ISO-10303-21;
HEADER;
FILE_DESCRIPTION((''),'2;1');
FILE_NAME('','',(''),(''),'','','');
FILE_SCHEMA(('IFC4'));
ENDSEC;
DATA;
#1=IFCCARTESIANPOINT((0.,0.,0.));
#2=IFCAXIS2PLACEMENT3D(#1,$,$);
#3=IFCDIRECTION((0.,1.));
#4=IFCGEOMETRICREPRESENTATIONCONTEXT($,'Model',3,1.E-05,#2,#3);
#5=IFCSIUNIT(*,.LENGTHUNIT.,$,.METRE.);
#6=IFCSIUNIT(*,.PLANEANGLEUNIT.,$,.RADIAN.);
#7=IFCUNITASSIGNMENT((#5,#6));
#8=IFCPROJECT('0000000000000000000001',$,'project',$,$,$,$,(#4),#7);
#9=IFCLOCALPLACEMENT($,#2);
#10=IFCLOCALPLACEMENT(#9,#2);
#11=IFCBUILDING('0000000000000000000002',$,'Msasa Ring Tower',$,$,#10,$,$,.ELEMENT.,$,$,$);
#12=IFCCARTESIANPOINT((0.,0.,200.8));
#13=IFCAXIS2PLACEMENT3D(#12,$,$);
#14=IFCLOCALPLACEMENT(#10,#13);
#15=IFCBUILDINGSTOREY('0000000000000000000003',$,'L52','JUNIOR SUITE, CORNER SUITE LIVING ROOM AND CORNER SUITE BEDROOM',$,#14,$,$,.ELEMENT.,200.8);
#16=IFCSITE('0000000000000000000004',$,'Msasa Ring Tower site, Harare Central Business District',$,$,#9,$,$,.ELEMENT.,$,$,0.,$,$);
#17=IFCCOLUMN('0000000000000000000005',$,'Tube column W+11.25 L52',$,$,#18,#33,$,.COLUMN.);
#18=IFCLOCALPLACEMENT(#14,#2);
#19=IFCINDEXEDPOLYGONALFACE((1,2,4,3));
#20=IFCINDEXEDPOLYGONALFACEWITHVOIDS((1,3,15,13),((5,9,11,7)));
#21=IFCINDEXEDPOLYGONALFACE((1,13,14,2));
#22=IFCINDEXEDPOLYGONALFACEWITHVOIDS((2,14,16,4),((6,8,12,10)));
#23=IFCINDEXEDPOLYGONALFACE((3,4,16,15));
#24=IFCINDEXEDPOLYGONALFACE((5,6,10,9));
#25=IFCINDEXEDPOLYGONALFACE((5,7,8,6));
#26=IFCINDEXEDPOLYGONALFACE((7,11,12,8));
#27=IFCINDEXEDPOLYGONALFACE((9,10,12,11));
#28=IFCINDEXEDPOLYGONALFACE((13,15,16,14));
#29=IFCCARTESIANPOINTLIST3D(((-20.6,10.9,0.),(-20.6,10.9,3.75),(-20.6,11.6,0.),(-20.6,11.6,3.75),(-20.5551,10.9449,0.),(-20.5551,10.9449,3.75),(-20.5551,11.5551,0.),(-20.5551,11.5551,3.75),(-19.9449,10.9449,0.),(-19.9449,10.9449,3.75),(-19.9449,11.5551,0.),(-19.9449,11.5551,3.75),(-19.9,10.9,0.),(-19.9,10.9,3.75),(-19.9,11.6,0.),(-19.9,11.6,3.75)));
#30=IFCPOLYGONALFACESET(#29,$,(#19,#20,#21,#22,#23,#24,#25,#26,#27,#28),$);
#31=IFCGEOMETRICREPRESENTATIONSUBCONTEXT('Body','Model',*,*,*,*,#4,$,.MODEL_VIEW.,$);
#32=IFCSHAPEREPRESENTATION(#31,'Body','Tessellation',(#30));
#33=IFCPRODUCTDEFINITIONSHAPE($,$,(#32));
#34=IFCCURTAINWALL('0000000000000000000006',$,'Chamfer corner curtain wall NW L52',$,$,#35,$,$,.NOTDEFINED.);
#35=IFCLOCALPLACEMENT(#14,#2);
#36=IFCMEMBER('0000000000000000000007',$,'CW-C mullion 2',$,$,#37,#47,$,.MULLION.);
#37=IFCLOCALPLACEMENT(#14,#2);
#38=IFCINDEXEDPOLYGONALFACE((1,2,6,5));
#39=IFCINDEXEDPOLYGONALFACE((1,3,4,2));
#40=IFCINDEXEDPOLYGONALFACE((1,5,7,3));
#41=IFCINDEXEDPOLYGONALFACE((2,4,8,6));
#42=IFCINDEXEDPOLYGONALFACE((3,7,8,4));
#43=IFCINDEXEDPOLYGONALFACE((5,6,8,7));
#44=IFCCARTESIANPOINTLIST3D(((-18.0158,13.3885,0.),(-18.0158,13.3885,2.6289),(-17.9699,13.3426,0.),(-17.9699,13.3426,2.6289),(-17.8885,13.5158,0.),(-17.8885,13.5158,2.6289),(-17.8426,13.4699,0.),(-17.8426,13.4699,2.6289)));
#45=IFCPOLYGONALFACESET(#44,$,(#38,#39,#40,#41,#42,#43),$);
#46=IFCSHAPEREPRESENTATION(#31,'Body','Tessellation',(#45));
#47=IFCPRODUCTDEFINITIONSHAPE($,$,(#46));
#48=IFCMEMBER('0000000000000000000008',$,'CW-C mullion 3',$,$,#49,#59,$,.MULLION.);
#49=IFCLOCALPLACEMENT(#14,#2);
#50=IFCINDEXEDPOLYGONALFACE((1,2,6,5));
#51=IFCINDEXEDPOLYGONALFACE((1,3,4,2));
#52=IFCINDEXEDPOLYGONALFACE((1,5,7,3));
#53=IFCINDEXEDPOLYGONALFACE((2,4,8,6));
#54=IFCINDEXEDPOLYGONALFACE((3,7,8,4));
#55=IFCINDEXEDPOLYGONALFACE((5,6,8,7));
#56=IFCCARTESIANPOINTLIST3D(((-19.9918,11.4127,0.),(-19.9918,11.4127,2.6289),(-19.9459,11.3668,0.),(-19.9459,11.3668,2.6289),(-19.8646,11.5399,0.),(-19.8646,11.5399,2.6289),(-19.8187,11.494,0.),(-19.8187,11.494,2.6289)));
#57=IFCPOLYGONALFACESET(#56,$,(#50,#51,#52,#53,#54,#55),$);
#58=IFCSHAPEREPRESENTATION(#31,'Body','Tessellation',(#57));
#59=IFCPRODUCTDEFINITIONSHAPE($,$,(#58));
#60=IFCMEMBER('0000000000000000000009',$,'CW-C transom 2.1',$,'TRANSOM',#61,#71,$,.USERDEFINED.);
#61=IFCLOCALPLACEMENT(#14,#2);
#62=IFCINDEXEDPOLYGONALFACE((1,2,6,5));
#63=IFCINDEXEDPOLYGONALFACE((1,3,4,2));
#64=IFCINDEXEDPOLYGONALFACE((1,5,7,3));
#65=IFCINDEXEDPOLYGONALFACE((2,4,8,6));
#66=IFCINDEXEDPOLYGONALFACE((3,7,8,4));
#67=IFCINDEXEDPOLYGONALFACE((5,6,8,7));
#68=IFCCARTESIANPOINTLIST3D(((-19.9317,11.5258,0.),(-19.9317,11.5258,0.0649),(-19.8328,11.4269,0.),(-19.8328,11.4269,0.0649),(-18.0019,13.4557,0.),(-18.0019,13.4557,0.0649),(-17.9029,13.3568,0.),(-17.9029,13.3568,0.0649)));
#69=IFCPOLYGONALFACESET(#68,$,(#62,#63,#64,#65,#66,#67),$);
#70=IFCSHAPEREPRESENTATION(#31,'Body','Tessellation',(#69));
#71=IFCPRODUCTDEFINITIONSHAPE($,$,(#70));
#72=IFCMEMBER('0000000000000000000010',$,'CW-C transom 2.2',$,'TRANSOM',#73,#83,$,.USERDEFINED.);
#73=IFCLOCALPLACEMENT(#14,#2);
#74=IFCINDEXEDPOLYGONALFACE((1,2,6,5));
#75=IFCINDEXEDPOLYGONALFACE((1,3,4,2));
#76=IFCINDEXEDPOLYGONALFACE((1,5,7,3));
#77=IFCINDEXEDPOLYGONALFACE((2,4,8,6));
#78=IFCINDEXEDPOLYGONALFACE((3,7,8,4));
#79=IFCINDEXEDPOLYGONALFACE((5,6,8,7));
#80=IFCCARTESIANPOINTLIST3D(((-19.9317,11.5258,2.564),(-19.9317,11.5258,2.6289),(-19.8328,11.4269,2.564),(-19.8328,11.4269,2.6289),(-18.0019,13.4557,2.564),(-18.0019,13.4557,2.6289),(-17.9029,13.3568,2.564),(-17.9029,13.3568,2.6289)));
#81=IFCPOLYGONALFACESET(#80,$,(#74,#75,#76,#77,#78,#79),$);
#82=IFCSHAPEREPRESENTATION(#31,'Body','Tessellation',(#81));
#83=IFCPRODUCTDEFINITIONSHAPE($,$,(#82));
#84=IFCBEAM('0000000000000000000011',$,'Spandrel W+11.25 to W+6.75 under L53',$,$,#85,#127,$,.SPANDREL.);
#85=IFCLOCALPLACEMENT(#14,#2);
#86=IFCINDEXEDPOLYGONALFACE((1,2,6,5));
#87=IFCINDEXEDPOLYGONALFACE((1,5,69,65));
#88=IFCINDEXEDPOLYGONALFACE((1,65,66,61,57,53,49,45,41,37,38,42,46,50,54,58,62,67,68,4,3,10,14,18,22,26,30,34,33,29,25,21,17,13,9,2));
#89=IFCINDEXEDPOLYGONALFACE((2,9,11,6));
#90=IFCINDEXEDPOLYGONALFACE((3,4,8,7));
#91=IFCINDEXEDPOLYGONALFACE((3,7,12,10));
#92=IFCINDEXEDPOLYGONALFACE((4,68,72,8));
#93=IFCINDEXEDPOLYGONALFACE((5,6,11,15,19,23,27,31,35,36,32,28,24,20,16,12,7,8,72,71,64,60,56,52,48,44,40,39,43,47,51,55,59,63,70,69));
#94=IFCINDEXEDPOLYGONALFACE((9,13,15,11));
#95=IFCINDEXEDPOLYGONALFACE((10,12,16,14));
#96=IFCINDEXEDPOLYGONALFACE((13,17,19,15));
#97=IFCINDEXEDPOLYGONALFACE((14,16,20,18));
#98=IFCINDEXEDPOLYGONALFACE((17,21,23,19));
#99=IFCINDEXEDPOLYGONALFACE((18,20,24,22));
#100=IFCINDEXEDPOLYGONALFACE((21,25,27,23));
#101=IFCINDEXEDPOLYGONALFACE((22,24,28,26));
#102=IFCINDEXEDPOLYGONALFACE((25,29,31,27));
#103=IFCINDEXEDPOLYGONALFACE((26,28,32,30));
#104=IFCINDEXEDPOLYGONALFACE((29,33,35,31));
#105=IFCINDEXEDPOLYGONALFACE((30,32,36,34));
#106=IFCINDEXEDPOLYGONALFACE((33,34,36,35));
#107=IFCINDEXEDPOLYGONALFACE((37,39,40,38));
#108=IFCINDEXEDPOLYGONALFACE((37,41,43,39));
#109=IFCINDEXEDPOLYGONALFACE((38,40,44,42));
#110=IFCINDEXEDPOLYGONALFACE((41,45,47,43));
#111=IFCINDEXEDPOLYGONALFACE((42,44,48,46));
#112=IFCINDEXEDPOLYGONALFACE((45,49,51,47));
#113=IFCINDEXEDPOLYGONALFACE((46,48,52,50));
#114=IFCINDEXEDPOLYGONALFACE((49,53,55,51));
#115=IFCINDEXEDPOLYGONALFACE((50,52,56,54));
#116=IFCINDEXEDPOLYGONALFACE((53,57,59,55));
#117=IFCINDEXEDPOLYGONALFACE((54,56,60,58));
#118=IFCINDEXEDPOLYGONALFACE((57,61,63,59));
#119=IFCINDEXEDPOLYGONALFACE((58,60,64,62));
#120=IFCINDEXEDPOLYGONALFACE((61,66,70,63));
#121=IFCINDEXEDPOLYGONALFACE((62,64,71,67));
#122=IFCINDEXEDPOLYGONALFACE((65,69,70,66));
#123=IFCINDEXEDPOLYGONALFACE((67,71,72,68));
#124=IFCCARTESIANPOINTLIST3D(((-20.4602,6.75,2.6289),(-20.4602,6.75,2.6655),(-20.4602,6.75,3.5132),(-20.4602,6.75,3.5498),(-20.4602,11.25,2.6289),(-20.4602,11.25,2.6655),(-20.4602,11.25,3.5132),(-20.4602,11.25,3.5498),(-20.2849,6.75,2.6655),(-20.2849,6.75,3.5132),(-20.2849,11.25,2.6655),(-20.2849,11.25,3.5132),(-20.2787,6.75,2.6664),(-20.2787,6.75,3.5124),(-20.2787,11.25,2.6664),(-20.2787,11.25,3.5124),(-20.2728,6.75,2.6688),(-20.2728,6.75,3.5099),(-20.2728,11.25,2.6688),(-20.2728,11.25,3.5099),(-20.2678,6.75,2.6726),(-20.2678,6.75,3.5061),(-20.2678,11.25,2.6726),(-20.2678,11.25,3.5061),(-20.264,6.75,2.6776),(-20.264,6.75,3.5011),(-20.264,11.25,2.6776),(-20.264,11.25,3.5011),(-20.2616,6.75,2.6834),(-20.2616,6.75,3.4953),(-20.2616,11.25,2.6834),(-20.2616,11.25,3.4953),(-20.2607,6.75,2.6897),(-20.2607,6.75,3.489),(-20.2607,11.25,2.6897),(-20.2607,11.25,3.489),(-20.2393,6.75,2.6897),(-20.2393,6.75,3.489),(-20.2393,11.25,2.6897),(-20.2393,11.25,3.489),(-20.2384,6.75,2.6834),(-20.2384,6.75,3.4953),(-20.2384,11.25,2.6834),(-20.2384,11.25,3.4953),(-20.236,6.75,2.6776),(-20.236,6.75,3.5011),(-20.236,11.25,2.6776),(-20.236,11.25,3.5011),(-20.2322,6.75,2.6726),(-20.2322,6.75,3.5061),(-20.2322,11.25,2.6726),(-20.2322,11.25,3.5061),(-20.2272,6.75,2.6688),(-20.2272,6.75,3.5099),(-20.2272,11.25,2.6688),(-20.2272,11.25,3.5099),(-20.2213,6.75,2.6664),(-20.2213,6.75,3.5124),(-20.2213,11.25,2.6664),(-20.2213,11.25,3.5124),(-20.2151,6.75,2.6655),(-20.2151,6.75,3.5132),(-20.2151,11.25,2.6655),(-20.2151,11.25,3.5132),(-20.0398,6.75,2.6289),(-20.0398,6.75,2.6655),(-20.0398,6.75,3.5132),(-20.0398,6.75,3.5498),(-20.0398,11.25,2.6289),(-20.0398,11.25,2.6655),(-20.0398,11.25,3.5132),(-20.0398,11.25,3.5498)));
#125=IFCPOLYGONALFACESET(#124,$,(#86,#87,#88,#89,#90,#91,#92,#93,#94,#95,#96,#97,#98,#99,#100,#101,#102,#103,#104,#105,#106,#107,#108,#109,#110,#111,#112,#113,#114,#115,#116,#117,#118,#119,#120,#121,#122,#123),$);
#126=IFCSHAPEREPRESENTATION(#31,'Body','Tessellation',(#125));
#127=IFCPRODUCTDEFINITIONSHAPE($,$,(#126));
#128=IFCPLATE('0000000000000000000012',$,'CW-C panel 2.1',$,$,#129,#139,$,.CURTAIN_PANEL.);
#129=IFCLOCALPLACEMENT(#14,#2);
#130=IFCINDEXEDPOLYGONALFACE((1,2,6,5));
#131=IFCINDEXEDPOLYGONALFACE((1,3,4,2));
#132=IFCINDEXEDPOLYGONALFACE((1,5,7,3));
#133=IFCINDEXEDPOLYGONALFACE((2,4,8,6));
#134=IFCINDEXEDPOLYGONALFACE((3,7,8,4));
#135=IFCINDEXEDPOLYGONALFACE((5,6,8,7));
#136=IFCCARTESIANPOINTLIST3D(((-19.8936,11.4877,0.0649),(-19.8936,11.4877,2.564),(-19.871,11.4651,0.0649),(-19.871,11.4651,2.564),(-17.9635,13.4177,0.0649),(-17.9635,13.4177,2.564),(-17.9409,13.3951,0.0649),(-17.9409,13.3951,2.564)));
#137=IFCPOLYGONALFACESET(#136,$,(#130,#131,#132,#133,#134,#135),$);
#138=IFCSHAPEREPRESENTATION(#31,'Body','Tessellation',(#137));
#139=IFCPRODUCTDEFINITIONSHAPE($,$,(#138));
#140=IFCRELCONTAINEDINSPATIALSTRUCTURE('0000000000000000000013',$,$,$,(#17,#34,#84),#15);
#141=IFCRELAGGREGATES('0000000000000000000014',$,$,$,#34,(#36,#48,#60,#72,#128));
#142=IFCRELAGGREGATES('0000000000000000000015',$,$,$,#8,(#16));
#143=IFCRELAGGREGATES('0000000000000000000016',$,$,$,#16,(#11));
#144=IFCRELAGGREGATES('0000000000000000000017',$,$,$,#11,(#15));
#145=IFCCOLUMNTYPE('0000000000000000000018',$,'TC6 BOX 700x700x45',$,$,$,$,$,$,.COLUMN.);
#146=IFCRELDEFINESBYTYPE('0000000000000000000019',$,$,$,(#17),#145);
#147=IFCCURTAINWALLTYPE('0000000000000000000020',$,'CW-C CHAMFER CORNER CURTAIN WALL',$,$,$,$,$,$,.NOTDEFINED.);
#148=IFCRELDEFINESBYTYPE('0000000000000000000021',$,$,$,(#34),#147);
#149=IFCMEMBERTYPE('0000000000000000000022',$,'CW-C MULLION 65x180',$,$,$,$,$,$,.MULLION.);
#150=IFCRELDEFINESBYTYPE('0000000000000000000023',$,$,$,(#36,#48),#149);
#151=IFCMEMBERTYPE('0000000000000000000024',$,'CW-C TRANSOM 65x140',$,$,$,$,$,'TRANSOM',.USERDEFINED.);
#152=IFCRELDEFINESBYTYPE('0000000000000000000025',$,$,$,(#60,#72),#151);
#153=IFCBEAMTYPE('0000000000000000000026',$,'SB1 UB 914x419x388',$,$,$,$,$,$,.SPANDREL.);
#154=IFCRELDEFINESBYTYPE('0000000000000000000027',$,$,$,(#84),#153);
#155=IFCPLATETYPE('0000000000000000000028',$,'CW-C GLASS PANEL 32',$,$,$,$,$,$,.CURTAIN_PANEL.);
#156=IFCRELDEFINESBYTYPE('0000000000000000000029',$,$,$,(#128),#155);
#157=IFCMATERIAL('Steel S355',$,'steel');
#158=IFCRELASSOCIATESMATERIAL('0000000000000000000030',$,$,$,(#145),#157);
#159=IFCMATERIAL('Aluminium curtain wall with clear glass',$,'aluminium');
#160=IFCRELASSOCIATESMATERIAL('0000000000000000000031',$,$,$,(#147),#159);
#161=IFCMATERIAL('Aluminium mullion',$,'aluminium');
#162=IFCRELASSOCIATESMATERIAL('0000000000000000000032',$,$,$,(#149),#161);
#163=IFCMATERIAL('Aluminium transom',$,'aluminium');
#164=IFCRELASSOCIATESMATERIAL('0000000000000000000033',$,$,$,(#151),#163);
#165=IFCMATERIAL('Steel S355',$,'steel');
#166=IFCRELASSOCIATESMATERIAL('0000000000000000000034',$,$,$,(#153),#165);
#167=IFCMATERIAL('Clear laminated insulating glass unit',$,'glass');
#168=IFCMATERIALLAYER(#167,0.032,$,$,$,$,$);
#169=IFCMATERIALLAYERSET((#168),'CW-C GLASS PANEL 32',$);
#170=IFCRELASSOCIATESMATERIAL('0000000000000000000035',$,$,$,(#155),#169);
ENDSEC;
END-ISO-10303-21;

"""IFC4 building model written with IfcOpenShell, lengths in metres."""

from ifc_helpers import new_model, si_unit, direction, frame, origin, origin_2d, place, context, subcontext, project, spatial, rectangle, hollow_rectangle, i_section, extrude, material, layer, layer_set, material_profile, profile_set, type_object, element, aggregate, save


model = new_model("IFC4")

# Units and contexts
model_context = context("Model", 3, precision=1e-05, world=origin(), true_north=direction((0.0, 1.0)))
body_context = subcontext(model_context, "Body", "Model", "MODEL_VIEW")
ifc_project = project(units=[si_unit("LENGTHUNIT", "METRE"), si_unit("PLANEANGLEUNIT", "RADIAN")], contexts=[model_context])

# Site, building, storey
site_placement = place(None, origin())
site = spatial("IfcSite", under=ifc_project, at=site_placement, Name="Msasa Ring Tower site, Harare Central Business District", CompositionType="ELEMENT", RefElevation=0.0)
building_placement = place(site_placement, origin())
building = spatial("IfcBuilding", under=site, at=building_placement, Name="Msasa Ring Tower", CompositionType="ELEMENT")
storey_placement = place(building_placement, frame((0.0, 0.0, 200.8)))
storey = spatial("IfcBuildingStorey", under=building, at=storey_placement, Name="L52", Description="JUNIOR SUITE, CORNER SUITE LIVING ROOM AND CORNER SUITE BEDROOM", CompositionType="ELEMENT", Elevation=200.8)

# Column
ifc_material_1 = material(Name="Steel S355", Category="steel")
ifc_material_profile_1 = material_profile(ifc_material_1, hollow_rectangle(XDim=0.7, YDim=0.7, WallThickness=0.0449, at=origin_2d()), Name="BOX 700x700x45")
ifc_profile_set_1 = profile_set([ifc_material_profile_1], Name="Steel S355")
column_type = type_object("IfcColumnType", Name="TC6 BOX 700x700x45", PredefinedType="COLUMN", material=ifc_profile_set_1)
column_placement = place(storey_placement, frame((-20.25, 11.25, 0.0), z_axis=(0.0, 0.0, 1.0), x_axis=(1.0, 0.0, 0.0)))
element("IfcColumn", 1, at=column_placement, inside=storey, type_object=column_type, Name="Tube column W+11.25 L52", PredefinedType="COLUMN", context=body_context, shape_type="SweptSolid", body=[
    extrude(hollow_rectangle(XDim=0.7, YDim=0.7, WallThickness=0.0449, at=origin_2d()), origin(), (0.0, 0.0, 1.0), 3.75),
])

# Curtain wall, members
ifc_material_2 = material(Name="Aluminium curtain wall with clear glass", Category="aluminium")
curtain_wall_type = type_object("IfcCurtainWallType", Name="CW-C CHAMFER CORNER CURTAIN WALL", PredefinedType="NOTDEFINED", material=ifc_material_2)
curtain_wall_placement = place(storey_placement, origin())
curtain_wall = element("IfcCurtainWall", 2, at=curtain_wall_placement, inside=storey, type_object=curtain_wall_type, Name="Chamfer corner curtain wall NW L52", PredefinedType="NOTDEFINED")
ifc_material_3 = material(Name="Aluminium mullion", Category="aluminium")
ifc_material_profile_2 = material_profile(ifc_material_3, rectangle(XDim=0.0649, YDim=0.1799, at=origin_2d()), Name="AL 65x180")
ifc_profile_set_2 = profile_set([ifc_material_profile_2], Name="Aluminium mullion")
member_type_1 = type_object("IfcMemberType", Name="CW-C MULLION 65x180", PredefinedType="MULLION", material=ifc_profile_set_2)
member_1_placement = place(storey_placement, frame((-17.9292, 13.4292, 0.0), z_axis=(0.0, 0.0, 1.0), x_axis=(0.707107, -0.707107, 0.0)))
member_1 = element("IfcMember", 3, at=member_1_placement, type_object=member_type_1, Name="CW-C mullion 2", PredefinedType="MULLION", context=body_context, shape_type="SweptSolid", body=[
    extrude(rectangle(XDim=0.0649, YDim=0.1799, at=origin_2d()), origin(), (0.0, 0.0, 1.0), 2.6289),
])
member_2_placement = place(storey_placement, frame((-19.9053, 11.4534, 0.0), z_axis=(0.0, 0.0, 1.0), x_axis=(0.707107, -0.707107, 0.0)))
member_2 = element("IfcMember", 4, at=member_2_placement, type_object=member_type_1, Name="CW-C mullion 3", PredefinedType="MULLION", context=body_context, shape_type="SweptSolid", body=[
    extrude(rectangle(XDim=0.0649, YDim=0.1799, at=origin_2d()), origin(), (0.0, 0.0, 1.0), 2.6289),
])
ifc_material_4 = material(Name="Aluminium transom", Category="aluminium")
ifc_material_profile_3 = material_profile(ifc_material_4, rectangle(XDim=0.1399, YDim=0.0649, at=origin_2d()), Name="AL 65x140")
ifc_profile_set_3 = profile_set([ifc_material_profile_3], Name="Aluminium transom")
member_type_2 = type_object("IfcMemberType", Name="CW-C TRANSOM 65x140", ElementType="TRANSOM", PredefinedType="USERDEFINED", material=ifc_profile_set_3)
member_3_placement = place(storey_placement, frame((-17.9524, 13.4062, 0.0325), z_axis=(-0.707107, -0.707107, 0.0), x_axis=(0.707107, -0.707107, 0.0)))
member_3 = element("IfcMember", 5, at=member_3_placement, type_object=member_type_2, Name="CW-C transom 2.1", ObjectType="TRANSOM", PredefinedType="USERDEFINED", context=body_context, shape_type="SweptSolid", body=[
    extrude(rectangle(XDim=0.1399, YDim=0.0649, at=origin_2d()), origin(), (0.0, 0.0, 1.0), 2.7292),
])
member_4_placement = place(storey_placement, frame((-17.9524, 13.4062, 2.5964), z_axis=(-0.707107, -0.707107, 0.0), x_axis=(0.707107, -0.707107, 0.0)))
member_4 = element("IfcMember", 6, at=member_4_placement, type_object=member_type_2, Name="CW-C transom 2.2", ObjectType="TRANSOM", PredefinedType="USERDEFINED", context=body_context, shape_type="SweptSolid", body=[
    extrude(rectangle(XDim=0.1399, YDim=0.0649, at=origin_2d()), origin(), (0.0, 0.0, 1.0), 2.7292),
])

# Beam
ifc_material_5 = material(Name="Steel S355", Category="steel")
ifc_material_profile_4 = material_profile(ifc_material_5, i_section(OverallWidth=0.4204, OverallDepth=0.9209, WebThickness=0.0215, FlangeThickness=0.0366, FilletRadius=0.0242, at=origin_2d()), Name="UB 914x419x388")
ifc_profile_set_4 = profile_set([ifc_material_profile_4], Name="Steel S355")
beam_type = type_object("IfcBeamType", Name="SB1 UB 914x419x388", PredefinedType="SPANDREL", material=ifc_profile_set_4)
beam_placement = place(storey_placement, frame((-20.25, 11.25, 3.0894), z_axis=(0.0, -1.0, 0.0), x_axis=(1.0, 0.0, 0.0)))
element("IfcBeam", 7, at=beam_placement, inside=storey, type_object=beam_type, Name="Spandrel W+11.25 to W+6.75 under L53", PredefinedType="SPANDREL", context=body_context, shape_type="SweptSolid", body=[
    extrude(i_section(OverallWidth=0.4204, OverallDepth=0.9209, WebThickness=0.0215, FlangeThickness=0.0366, FilletRadius=0.0242, at=origin_2d()), origin(), (0.0, 0.0, 1.0), 4.5),
])

# Plate
ifc_material_6 = material(Name="Clear laminated insulating glass unit", Category="glass")
ifc_layer_1 = layer(ifc_material_6, 0.032)
ifc_layer_set_1 = layer_set([ifc_layer_1], Name="CW-C GLASS PANEL 32")
plate_type = type_object("IfcPlateType", Name="CW-C GLASS PANEL 32", PredefinedType="CURTAIN_PANEL", material=ifc_layer_set_1)
plate_placement = place(storey_placement, frame((-18.9172, 12.4414, 0.0649), z_axis=(0.0, 0.0, 1.0), x_axis=(-0.707107, -0.707107, 0.0)))
plate = element("IfcPlate", 8, at=plate_placement, type_object=plate_type, Name="CW-C panel 2.1", PredefinedType="CURTAIN_PANEL", context=body_context, shape_type="SweptSolid", body=[
    extrude(rectangle(XDim=2.7295, YDim=0.032, at=origin_2d()), origin(), (0.0, 0.0, 1.0), 2.499),
])
aggregate(curtain_wall, [member_1, member_2, member_3, member_4, plate])

save(model, "model.ifc")
